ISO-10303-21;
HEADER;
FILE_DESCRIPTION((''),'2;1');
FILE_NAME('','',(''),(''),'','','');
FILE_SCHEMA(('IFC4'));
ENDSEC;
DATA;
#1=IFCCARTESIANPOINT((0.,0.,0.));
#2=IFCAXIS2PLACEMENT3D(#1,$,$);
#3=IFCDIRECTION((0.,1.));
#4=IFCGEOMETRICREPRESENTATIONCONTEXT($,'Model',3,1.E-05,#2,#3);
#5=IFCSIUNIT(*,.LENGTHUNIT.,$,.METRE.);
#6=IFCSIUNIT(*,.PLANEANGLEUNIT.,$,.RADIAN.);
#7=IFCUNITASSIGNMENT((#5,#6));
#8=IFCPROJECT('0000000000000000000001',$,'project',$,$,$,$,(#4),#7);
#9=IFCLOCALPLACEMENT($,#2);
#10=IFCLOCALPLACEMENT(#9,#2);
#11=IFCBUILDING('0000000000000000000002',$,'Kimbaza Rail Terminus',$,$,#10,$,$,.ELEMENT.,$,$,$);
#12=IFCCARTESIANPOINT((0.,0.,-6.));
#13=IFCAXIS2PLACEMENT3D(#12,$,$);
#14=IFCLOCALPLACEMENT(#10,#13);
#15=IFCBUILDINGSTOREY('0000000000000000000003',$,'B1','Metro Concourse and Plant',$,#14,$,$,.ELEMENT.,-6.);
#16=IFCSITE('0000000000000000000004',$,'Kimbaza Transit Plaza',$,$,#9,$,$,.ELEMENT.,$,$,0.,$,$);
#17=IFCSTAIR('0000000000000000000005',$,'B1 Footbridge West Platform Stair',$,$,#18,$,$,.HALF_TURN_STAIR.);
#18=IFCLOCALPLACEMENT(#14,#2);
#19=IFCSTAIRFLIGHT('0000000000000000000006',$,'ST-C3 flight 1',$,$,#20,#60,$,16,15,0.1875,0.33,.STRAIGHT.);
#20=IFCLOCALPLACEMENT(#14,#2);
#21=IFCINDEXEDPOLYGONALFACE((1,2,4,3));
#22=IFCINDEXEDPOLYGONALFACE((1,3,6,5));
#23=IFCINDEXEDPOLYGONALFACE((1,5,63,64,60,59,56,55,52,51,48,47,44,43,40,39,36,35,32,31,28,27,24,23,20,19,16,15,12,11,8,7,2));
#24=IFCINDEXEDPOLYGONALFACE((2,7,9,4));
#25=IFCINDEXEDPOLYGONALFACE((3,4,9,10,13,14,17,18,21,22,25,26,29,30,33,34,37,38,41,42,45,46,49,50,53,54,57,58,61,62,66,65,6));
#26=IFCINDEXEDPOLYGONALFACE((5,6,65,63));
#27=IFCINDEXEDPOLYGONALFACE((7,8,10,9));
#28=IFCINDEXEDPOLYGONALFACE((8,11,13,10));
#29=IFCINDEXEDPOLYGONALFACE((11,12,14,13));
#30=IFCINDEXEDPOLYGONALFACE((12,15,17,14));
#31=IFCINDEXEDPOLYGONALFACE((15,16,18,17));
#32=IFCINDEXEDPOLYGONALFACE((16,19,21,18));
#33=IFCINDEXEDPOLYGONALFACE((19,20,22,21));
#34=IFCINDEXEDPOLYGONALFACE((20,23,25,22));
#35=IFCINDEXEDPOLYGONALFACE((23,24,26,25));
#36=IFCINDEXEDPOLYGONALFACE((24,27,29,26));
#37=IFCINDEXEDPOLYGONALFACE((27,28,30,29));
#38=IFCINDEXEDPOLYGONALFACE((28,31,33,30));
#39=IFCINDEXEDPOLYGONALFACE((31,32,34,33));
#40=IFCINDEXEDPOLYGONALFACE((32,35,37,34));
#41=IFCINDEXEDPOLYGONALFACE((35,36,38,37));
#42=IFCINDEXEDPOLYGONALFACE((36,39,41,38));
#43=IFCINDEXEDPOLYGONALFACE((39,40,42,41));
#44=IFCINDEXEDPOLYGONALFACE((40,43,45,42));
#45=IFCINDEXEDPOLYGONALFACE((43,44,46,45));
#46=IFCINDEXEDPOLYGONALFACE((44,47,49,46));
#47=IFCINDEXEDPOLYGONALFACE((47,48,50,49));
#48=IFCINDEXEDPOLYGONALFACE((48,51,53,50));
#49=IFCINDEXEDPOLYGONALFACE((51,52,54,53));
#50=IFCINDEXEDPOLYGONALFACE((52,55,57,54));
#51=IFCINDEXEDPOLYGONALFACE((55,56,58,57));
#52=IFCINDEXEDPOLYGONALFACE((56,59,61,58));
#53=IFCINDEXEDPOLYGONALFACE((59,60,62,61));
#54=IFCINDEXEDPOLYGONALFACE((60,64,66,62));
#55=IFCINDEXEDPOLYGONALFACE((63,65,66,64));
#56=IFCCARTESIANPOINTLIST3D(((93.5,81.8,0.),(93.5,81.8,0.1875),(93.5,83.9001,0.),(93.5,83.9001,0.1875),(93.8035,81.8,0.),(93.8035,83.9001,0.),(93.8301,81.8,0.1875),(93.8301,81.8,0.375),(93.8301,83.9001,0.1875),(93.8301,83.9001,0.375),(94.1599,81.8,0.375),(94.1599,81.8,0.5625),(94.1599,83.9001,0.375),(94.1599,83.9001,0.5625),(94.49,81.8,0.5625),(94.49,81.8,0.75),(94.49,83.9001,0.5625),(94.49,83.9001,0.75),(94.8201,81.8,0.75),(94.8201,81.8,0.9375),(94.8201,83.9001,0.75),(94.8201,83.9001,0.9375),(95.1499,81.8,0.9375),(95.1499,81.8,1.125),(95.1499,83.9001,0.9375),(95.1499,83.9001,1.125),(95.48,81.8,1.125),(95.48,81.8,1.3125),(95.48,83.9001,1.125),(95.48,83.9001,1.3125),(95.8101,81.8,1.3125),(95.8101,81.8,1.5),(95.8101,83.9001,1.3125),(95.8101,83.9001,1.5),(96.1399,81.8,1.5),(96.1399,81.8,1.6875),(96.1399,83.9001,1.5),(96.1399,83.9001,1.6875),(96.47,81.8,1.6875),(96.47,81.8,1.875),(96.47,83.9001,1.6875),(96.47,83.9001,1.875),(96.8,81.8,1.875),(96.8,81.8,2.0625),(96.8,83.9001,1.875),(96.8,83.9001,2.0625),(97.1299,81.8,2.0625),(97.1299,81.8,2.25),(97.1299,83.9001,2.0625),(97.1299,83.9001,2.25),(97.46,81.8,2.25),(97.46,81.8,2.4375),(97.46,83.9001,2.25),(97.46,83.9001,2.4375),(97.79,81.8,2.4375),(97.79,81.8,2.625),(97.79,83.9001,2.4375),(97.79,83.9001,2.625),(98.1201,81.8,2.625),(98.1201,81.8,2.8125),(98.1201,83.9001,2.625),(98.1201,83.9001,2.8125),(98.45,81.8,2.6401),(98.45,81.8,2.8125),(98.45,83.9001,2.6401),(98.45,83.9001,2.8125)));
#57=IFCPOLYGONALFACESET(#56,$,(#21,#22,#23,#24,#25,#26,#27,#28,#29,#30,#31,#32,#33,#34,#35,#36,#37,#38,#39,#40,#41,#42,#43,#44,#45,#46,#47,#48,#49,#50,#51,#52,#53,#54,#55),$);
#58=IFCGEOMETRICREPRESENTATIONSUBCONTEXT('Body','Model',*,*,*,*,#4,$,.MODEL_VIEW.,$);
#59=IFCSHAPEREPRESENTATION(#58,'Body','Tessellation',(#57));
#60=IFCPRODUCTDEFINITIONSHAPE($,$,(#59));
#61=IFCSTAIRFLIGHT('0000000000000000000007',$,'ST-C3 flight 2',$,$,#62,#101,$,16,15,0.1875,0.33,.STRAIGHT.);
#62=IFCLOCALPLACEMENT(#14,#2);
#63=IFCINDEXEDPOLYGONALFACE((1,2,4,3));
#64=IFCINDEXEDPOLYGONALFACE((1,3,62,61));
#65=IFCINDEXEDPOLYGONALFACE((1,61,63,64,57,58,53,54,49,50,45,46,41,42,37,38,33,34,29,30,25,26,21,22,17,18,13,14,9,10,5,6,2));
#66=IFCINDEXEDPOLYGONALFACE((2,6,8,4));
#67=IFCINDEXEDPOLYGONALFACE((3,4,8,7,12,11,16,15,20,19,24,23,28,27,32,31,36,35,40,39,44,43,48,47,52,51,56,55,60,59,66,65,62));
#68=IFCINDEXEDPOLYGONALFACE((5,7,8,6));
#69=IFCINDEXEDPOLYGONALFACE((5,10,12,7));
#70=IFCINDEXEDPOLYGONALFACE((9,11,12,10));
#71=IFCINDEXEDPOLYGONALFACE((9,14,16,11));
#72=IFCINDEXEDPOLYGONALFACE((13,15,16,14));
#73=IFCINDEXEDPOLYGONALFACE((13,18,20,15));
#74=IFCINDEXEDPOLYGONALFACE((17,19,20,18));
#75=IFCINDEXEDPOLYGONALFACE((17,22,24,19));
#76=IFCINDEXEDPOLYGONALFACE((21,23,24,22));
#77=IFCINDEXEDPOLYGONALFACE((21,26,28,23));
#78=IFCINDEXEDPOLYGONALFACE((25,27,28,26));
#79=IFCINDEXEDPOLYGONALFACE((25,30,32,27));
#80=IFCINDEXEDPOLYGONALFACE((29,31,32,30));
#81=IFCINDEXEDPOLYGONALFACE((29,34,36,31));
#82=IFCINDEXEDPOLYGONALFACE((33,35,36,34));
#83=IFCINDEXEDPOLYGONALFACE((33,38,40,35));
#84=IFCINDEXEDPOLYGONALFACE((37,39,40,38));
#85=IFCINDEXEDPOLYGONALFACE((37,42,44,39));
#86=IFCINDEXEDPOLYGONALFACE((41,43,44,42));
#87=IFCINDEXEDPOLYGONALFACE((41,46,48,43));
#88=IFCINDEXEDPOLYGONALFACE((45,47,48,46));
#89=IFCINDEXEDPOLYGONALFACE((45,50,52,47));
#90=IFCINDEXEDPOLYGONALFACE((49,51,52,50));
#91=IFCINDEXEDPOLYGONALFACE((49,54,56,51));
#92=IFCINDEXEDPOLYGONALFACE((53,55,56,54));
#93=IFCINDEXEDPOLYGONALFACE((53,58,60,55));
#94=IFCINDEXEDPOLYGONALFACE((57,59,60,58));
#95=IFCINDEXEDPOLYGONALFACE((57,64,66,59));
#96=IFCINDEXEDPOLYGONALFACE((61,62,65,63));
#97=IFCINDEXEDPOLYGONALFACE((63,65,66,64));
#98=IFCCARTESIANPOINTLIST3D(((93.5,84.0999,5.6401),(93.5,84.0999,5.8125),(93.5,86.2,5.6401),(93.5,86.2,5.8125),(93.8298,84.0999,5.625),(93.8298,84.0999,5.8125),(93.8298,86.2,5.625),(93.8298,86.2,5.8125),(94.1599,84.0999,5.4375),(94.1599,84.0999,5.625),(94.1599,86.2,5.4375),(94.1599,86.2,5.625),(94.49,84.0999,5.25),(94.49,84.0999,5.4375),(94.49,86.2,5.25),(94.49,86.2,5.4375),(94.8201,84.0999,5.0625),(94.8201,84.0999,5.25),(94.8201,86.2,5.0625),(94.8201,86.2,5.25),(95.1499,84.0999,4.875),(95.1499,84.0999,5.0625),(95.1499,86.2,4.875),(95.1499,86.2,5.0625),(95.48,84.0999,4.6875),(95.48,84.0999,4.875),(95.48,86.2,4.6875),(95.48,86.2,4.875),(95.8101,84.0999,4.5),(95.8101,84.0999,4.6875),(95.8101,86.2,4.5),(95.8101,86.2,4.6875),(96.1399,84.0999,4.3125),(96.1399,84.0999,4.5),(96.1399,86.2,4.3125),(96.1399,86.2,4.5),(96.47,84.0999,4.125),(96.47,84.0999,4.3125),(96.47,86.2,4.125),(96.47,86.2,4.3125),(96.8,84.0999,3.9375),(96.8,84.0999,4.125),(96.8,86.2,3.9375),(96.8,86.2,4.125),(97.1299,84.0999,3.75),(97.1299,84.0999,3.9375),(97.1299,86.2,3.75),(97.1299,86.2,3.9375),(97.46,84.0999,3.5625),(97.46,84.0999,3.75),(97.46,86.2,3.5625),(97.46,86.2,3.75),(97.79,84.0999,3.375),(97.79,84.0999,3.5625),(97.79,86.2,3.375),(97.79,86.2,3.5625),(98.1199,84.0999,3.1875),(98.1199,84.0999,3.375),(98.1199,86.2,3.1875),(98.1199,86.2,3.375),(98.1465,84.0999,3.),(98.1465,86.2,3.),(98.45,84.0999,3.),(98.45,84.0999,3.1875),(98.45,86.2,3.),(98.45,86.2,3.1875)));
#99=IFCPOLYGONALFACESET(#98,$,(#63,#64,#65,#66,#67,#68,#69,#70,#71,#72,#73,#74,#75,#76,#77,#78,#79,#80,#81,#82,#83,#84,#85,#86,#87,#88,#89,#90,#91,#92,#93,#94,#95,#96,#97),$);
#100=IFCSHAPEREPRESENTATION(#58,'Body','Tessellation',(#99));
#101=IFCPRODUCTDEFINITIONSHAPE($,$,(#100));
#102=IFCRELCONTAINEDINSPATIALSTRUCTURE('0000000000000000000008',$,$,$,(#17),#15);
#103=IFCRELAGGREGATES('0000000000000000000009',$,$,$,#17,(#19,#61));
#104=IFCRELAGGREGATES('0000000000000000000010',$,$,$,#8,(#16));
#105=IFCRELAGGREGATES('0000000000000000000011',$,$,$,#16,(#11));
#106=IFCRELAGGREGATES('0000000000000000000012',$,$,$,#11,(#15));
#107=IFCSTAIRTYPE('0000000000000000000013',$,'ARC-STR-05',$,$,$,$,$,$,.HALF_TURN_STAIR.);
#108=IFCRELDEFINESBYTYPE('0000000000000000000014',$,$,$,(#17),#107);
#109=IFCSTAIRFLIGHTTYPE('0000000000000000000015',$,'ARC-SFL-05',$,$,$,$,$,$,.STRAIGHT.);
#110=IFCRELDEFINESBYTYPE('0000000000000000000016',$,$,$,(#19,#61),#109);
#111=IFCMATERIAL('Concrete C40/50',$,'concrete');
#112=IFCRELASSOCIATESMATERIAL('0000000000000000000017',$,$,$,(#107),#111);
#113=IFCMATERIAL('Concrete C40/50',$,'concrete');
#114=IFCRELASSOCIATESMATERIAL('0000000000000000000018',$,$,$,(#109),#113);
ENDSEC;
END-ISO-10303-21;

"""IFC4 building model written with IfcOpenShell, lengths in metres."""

from ifc_helpers import new_model, si_unit, direction, frame, origin, place, context, subcontext, project, spatial, polyline, outline, extrude, material, type_object, element, aggregate, save


model = new_model("IFC4")

# Units and contexts
model_context = context("Model", 3, precision=1e-05, world=origin(), true_north=direction((0.0, 1.0)))
body_context = subcontext(model_context, "Body", "Model", "MODEL_VIEW")
ifc_project = project(units=[si_unit("LENGTHUNIT", "METRE"), si_unit("PLANEANGLEUNIT", "RADIAN")], contexts=[model_context])

# Site, building, storey
site_placement = place(None, origin())
site = spatial("IfcSite", under=ifc_project, at=site_placement, Name="Kimbaza Transit Plaza", CompositionType="ELEMENT", RefElevation=0.0)
building_placement = place(site_placement, origin())
building = spatial("IfcBuilding", under=site, at=building_placement, Name="Kimbaza Rail Terminus", CompositionType="ELEMENT")
storey_placement = place(building_placement, frame((0.0, 0.0, -6.0)))
storey = spatial("IfcBuildingStorey", under=building, at=storey_placement, Name="B1", Description="Metro Concourse and Plant", CompositionType="ELEMENT", Elevation=-6.0)

# Stair, stair flights
ifc_material_1 = material(Name="Concrete C40/50", Category="concrete")
stair_type = type_object("IfcStairType", Name="ARC-STR-05", PredefinedType="HALF_TURN_STAIR", material=ifc_material_1)
stair_placement = place(storey_placement, origin())
stair = element("IfcStair", 1, at=stair_placement, inside=storey, type_object=stair_type, Name="B1 Footbridge West Platform Stair", PredefinedType="HALF_TURN_STAIR")
ifc_material_2 = material(Name="Concrete C40/50", Category="concrete")
stair_flight_type = type_object("IfcStairFlightType", Name="ARC-SFL-05", PredefinedType="STRAIGHT", material=ifc_material_2)
stair_flight_1_placement = place(storey_placement, frame((93.5, 82.8501, 0.0), z_axis=(0.0, 0.0, 1.0), x_axis=(1.0, 0.0, 0.0)))
stair_flight_1 = element("IfcStairFlight", 2, at=stair_flight_1_placement, type_object=stair_flight_type, Name="ST-C3 flight 1", NumberOfRisers=16, NumberOfTreads=15, PredefinedType="STRAIGHT", RiserHeight=0.1875, TreadLength=0.33, context=body_context, shape_type="SweptSolid", body=[
    extrude(outline(polyline([(0.0, 0.0), (0.0, 0.1875), (0.3301, 0.1875), (0.3301, 0.375), (0.6599, 0.375), (0.6599, 0.5625), (0.99, 0.5625), (0.99, 0.75), (1.3201, 0.75), (1.3201, 0.9375), (1.6499, 0.9375), (1.6499, 1.125), (1.98, 1.125), (1.98, 1.3125), (2.3101, 1.3125), (2.3101, 1.5), (2.6399, 1.5), (2.6399, 1.6875), (2.97, 1.6875), (2.97, 1.875), (3.3, 1.875), (3.3, 2.0625), (3.6299, 2.0625), (3.6299, 2.25), (3.96, 2.25), (3.96, 2.4375), (4.29, 2.4375), (4.29, 2.625), (4.6201, 2.625), (4.6201, 2.8125), (4.95, 2.8125), (4.95, 3.0), (4.95, 2.6401), (0.3035, 0.0), (0.0, 0.0)])), frame((0.0, 1.05, 0.0), z_axis=(0.0, -1.0, 0.0), x_axis=(1.0, 0.0, 0.0)), (0.0, 0.0, 1.0), 2.1001),
])
stair_flight_2_placement = place(storey_placement, frame((98.45, 85.1499, 3.0), z_axis=(0.0, 0.0, 1.0), x_axis=(-1.0, 0.0, 0.0)))
stair_flight_2 = element("IfcStairFlight", 3, at=stair_flight_2_placement, type_object=stair_flight_type, Name="ST-C3 flight 2", NumberOfRisers=16, NumberOfTreads=15, PredefinedType="STRAIGHT", RiserHeight=0.1875, TreadLength=0.33, context=body_context, shape_type="SweptSolid", body=[
    extrude(outline(polyline([(0.0, 0.0), (0.0, 0.1875), (0.3301, 0.1875), (0.3301, 0.375), (0.6599, 0.375), (0.6599, 0.5625), (0.99, 0.5625), (0.99, 0.75), (1.3201, 0.75), (1.3201, 0.9375), (1.6499, 0.9375), (1.6499, 1.125), (1.98, 1.125), (1.98, 1.3125), (2.3101, 1.3125), (2.3101, 1.5), (2.6399, 1.5), (2.6399, 1.6875), (2.97, 1.6875), (2.97, 1.875), (3.3, 1.875), (3.3, 2.0625), (3.6299, 2.0625), (3.6299, 2.25), (3.96, 2.25), (3.96, 2.4375), (4.29, 2.4375), (4.29, 2.625), (4.6201, 2.625), (4.6201, 2.8125), (4.95, 2.8125), (4.95, 3.0), (4.95, 2.6401), (0.3035, 0.0), (0.0, 0.0)])), frame((0.0, 1.05, 0.0), z_axis=(0.0, -1.0, 0.0), x_axis=(1.0, 0.0, 0.0)), (0.0, 0.0, 1.0), 2.1001),
])
aggregate(stair, [stair_flight_1, stair_flight_2])

save(model, "model.ifc")
